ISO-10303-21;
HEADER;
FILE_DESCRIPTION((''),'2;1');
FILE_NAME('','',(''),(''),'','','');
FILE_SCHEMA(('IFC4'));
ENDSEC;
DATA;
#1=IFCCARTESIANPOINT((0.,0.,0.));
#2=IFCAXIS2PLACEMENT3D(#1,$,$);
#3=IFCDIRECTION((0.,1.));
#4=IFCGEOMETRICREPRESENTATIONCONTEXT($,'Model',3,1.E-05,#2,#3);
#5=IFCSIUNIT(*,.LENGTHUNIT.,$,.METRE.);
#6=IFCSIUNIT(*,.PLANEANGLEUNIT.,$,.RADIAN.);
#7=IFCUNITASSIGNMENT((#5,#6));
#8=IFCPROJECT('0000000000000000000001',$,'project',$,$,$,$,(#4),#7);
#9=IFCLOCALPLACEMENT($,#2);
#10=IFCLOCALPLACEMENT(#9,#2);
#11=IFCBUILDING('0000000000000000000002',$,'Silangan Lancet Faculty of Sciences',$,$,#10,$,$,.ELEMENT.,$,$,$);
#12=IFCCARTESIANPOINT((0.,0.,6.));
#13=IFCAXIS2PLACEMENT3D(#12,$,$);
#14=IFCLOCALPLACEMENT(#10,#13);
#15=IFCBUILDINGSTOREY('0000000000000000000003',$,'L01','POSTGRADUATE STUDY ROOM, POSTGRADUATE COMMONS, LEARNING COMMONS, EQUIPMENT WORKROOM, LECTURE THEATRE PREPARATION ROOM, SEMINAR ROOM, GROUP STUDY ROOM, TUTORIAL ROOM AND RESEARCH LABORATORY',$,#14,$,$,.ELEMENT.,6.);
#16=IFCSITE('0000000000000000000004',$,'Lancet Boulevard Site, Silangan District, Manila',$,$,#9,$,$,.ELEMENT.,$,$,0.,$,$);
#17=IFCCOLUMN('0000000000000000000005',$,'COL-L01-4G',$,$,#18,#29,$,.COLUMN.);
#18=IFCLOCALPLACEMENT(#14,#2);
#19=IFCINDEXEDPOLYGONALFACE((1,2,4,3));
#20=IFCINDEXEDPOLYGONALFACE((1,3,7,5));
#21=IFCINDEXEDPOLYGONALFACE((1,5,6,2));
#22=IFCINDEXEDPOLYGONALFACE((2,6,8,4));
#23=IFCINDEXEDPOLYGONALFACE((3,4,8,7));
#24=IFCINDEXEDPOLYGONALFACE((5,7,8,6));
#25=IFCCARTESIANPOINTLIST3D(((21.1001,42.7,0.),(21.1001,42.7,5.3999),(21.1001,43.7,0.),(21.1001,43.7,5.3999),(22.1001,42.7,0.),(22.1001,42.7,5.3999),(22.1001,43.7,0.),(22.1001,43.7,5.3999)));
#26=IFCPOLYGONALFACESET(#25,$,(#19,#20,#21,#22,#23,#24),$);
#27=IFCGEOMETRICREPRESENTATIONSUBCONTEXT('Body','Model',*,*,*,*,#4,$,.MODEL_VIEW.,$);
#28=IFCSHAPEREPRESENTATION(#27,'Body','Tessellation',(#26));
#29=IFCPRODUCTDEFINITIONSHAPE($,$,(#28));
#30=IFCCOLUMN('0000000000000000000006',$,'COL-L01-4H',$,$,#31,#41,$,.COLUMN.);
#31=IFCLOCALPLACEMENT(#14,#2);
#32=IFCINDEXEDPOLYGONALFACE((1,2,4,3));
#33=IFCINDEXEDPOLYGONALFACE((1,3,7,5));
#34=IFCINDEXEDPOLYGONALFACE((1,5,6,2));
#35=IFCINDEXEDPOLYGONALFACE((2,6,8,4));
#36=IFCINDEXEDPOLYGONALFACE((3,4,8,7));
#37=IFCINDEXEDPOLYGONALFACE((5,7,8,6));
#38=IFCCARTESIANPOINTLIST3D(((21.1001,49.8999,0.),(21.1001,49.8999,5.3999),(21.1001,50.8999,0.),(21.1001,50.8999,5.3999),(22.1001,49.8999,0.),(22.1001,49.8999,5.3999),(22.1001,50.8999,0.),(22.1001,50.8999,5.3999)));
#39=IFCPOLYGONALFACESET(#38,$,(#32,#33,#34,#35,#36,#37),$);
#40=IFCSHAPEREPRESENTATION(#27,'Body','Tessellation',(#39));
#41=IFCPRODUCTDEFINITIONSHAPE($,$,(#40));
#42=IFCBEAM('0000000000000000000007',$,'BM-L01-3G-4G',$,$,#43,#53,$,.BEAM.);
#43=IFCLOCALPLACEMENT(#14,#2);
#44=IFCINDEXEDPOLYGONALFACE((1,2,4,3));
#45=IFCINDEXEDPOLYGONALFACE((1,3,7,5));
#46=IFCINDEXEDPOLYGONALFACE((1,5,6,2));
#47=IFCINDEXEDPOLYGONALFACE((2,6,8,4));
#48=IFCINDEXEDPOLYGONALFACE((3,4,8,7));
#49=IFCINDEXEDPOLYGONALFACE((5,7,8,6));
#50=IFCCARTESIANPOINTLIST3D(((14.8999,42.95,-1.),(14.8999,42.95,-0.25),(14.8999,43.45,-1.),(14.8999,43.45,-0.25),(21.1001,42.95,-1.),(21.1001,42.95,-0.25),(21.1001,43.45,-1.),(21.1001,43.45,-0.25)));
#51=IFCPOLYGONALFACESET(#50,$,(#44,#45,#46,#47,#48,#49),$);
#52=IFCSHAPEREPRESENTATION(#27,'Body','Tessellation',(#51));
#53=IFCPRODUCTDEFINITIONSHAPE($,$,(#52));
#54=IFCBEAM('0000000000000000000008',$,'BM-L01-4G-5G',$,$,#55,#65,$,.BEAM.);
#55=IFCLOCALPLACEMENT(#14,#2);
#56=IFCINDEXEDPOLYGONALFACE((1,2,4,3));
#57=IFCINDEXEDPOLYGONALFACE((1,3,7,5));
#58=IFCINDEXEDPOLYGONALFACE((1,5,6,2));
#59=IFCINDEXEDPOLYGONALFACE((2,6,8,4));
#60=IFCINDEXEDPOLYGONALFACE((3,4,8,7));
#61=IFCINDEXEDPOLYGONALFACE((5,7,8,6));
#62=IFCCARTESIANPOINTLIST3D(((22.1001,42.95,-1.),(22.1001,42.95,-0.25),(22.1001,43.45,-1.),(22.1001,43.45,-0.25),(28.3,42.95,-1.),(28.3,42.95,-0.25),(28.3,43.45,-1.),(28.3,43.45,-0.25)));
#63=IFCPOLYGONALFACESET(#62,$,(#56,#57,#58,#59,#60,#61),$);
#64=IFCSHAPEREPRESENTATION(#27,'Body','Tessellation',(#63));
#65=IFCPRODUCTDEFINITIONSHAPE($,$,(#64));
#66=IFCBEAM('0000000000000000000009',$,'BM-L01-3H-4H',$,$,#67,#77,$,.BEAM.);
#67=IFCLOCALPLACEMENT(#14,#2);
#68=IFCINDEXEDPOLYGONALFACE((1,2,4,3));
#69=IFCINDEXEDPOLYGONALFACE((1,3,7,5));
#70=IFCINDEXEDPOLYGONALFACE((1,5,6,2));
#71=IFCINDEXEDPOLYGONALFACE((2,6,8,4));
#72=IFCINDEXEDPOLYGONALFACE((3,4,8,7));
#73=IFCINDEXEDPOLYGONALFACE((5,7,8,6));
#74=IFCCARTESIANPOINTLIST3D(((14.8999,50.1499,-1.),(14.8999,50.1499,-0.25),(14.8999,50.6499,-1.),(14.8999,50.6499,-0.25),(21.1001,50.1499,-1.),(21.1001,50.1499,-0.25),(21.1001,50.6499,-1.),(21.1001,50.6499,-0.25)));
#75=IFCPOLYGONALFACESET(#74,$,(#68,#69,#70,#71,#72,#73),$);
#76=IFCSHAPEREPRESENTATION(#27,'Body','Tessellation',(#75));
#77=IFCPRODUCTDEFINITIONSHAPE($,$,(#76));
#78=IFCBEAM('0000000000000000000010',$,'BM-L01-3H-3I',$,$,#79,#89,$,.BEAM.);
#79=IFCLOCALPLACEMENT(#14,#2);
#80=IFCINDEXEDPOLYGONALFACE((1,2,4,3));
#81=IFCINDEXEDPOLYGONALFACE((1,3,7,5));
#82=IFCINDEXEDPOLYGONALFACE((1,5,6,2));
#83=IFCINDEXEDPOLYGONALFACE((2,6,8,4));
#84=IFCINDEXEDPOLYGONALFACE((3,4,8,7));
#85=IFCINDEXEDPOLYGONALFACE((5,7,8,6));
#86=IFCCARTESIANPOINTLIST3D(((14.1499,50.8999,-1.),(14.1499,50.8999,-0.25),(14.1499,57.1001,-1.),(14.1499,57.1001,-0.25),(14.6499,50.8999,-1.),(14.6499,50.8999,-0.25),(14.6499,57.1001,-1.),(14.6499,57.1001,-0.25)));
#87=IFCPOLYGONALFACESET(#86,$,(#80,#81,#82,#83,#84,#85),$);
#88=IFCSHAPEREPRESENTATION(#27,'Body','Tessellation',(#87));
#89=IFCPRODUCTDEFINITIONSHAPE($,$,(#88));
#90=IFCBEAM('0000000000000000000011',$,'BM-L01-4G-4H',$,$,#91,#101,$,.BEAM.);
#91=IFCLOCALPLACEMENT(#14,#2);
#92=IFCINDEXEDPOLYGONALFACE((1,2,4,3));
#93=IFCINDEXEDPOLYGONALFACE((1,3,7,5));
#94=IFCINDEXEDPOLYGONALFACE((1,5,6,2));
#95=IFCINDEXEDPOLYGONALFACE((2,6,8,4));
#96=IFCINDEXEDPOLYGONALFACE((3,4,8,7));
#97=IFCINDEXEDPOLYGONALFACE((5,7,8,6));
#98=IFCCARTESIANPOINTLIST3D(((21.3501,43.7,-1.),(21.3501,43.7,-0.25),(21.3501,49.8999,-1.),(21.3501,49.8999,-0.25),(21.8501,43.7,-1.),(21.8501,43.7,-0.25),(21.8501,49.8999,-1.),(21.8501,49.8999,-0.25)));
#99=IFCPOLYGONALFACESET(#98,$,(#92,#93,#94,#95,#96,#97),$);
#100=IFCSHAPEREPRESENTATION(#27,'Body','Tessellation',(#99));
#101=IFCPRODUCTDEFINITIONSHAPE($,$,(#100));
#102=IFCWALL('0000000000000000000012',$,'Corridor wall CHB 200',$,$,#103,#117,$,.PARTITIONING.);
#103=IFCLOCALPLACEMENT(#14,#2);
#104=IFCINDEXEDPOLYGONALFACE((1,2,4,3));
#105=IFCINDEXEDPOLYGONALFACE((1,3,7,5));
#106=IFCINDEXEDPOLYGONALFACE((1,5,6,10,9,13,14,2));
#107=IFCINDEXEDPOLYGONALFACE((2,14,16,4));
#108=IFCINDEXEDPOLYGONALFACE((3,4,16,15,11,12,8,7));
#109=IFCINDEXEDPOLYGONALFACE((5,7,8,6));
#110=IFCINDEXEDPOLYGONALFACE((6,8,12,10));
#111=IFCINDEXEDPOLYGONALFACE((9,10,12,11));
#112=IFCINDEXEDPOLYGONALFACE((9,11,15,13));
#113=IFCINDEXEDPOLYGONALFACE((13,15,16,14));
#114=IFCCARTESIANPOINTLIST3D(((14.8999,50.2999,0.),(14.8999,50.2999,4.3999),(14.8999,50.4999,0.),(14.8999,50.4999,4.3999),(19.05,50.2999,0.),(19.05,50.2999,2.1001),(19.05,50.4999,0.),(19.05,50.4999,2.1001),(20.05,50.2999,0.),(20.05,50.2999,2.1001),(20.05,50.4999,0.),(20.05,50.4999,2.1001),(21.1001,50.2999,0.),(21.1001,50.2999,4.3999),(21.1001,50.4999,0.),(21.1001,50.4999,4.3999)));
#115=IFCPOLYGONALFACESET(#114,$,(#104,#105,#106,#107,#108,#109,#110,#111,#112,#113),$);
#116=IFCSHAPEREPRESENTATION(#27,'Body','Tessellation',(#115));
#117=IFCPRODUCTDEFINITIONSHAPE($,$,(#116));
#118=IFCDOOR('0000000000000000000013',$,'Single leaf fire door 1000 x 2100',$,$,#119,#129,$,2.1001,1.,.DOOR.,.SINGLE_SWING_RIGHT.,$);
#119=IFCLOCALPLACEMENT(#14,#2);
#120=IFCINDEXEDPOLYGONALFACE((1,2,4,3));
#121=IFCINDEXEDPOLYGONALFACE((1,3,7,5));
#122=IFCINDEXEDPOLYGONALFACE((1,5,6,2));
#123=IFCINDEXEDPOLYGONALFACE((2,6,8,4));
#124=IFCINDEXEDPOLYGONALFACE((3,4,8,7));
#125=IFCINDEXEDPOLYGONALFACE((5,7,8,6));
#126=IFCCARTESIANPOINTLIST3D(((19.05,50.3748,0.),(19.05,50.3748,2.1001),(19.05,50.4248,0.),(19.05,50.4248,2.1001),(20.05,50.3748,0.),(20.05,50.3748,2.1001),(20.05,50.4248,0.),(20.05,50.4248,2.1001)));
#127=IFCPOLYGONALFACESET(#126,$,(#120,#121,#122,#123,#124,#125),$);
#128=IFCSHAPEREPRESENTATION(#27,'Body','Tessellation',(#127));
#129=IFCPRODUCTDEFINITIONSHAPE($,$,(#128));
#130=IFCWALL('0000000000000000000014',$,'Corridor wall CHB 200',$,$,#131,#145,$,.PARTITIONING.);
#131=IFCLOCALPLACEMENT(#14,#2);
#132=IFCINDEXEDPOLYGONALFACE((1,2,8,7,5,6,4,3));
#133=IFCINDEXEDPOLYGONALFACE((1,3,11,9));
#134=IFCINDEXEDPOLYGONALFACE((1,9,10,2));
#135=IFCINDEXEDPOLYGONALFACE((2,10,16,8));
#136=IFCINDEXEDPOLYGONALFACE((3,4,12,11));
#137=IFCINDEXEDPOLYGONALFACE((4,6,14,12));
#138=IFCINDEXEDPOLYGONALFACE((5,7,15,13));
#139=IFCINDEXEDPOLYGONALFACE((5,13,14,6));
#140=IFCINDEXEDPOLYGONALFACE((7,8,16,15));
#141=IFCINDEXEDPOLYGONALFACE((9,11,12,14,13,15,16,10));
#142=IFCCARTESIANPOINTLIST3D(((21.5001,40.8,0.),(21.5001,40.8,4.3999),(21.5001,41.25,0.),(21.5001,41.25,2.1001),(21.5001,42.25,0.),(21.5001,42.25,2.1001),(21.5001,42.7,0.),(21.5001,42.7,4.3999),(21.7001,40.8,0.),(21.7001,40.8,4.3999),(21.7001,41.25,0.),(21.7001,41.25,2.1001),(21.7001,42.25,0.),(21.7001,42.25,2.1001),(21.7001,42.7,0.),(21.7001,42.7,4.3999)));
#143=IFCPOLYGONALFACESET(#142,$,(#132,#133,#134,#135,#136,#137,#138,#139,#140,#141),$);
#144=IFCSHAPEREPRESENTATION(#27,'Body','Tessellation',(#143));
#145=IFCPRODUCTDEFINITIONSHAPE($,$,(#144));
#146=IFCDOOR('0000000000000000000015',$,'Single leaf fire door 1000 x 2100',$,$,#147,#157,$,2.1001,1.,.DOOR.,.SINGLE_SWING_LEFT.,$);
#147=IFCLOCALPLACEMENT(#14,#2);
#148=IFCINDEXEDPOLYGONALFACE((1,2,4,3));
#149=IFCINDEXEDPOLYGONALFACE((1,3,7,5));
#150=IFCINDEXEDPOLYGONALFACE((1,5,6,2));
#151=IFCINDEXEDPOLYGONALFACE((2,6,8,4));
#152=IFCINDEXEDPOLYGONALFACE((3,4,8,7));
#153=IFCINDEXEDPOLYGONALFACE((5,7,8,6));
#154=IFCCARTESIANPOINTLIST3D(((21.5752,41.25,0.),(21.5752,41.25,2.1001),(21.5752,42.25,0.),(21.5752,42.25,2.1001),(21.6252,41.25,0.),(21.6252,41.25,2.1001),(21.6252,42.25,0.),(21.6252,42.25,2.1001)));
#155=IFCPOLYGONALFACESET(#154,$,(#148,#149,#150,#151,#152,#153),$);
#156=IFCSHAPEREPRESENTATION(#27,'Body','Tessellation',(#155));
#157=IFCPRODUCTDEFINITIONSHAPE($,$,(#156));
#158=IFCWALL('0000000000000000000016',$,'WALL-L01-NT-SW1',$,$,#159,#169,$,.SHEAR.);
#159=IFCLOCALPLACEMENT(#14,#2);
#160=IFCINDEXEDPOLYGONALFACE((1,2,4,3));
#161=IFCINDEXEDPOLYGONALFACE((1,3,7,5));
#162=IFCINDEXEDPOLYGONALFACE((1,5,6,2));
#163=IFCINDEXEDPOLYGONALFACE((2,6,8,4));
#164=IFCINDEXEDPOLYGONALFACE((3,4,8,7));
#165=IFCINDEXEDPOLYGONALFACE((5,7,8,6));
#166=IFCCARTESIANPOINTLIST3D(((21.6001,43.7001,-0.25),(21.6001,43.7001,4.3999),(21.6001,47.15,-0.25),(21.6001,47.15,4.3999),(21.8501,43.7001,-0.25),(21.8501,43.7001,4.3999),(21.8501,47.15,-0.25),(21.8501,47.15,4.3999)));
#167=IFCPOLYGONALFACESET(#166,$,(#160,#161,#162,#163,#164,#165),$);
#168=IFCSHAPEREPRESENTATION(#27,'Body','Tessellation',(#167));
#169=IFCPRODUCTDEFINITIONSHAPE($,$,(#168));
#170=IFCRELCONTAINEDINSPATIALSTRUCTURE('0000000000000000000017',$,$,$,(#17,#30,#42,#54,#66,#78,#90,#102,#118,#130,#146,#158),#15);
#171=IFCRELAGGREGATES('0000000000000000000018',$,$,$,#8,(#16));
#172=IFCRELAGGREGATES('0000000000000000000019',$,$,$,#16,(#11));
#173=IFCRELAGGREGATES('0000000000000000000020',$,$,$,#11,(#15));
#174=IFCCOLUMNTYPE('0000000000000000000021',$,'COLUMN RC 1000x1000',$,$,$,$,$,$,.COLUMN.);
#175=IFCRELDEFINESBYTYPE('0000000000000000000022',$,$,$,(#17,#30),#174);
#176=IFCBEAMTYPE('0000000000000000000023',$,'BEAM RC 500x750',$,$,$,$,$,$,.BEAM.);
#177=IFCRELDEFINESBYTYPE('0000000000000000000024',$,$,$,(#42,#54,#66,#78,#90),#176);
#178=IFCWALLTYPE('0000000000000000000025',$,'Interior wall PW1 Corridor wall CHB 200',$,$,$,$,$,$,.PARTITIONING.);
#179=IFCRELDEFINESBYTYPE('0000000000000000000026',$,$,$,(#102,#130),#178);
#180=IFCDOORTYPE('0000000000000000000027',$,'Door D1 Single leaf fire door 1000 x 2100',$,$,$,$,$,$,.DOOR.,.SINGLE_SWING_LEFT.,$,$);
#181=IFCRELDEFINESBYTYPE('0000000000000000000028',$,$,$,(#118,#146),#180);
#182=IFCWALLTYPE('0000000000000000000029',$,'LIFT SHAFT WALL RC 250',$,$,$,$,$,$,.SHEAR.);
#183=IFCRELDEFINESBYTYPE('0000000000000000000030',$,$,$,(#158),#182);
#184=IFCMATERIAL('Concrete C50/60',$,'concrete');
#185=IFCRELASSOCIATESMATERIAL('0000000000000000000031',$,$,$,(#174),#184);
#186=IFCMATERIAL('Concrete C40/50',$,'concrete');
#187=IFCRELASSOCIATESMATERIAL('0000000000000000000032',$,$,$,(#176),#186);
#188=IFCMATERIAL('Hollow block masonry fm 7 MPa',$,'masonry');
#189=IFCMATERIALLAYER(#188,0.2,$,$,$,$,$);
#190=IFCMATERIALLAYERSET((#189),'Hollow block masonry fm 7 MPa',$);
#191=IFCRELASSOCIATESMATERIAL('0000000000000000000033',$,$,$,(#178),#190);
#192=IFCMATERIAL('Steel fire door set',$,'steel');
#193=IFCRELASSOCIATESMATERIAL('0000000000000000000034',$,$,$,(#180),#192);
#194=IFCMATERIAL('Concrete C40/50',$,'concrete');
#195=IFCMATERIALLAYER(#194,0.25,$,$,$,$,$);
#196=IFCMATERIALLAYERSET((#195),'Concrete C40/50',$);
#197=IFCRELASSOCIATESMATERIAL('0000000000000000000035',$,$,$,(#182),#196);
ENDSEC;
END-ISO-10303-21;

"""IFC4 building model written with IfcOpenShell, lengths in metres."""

from ifc_helpers import new_model, si_unit, direction, frame, frame_2d, origin, origin_2d, place, context, subcontext, project, spatial, rectangle, extrude, material, layer, layer_set, material_profile, profile_set, type_object, element, fill, save


model = new_model("IFC4")

# Units and contexts
model_context = context("Model", 3, precision=1e-05, world=origin(), true_north=direction((0.0, 1.0)))
body_context = subcontext(model_context, "Body", "Model", "MODEL_VIEW")
ifc_project = project(units=[si_unit("LENGTHUNIT", "METRE"), si_unit("PLANEANGLEUNIT", "RADIAN")], contexts=[model_context])

# Site, building, storey
site_placement = place(None, origin())
site = spatial("IfcSite", under=ifc_project, at=site_placement, Name="Lancet Boulevard Site, Silangan District, Manila", CompositionType="ELEMENT", RefElevation=0.0)
building_placement = place(site_placement, origin())
building = spatial("IfcBuilding", under=site, at=building_placement, Name="Silangan Lancet Faculty of Sciences", CompositionType="ELEMENT")
storey_placement = place(building_placement, frame((0.0, 0.0, 6.0)))
storey = spatial("IfcBuildingStorey", under=building, at=storey_placement, Name="L01", Description="POSTGRADUATE STUDY ROOM, POSTGRADUATE COMMONS, LEARNING COMMONS, EQUIPMENT WORKROOM, LECTURE THEATRE PREPARATION ROOM, SEMINAR ROOM, GROUP STUDY ROOM, TUTORIAL ROOM AND RESEARCH LABORATORY", CompositionType="ELEMENT", Elevation=6.0)

# Columns
ifc_material_1 = material(Name="Concrete C50/60", Category="concrete")
ifc_material_profile_1 = material_profile(ifc_material_1, rectangle(XDim=1.0, YDim=1.0, at=origin_2d()), Name="RC 1000x1000")
ifc_profile_set_1 = profile_set([ifc_material_profile_1], Name="Concrete C50/60")
column_type = type_object("IfcColumnType", Name="COLUMN RC 1000x1000", PredefinedType="COLUMN", material=ifc_profile_set_1)
for number, where, z_axis, x_axis, name in (
    (1, (21.6001, 43.2, 0.0), (0.0, 0.0, 1.0), (1.0, 0.0, 0.0), "COL-L01-4G"),
    (2, (21.6001, 50.3999, 0.0), (0.0, 0.0, 1.0), (1.0, 0.0, 0.0), "COL-L01-4H"),
):
    element("IfcColumn", number, at=place(storey_placement, frame(where, z_axis=z_axis, x_axis=x_axis)), inside=storey, type_object=column_type, Name=name, PredefinedType="COLUMN", context=body_context, shape_type="SweptSolid", body=[
        extrude(rectangle(XDim=1.0, YDim=1.0, at=origin_2d()), origin(), (0.0, 0.0, 1.0), 5.3999),
    ])

# Beams
ifc_material_2 = material(Name="Concrete C40/50", Category="concrete")
ifc_material_profile_2 = material_profile(ifc_material_2, rectangle(XDim=0.5, YDim=0.75, at=origin_2d()), Name="RC 500x750")
ifc_profile_set_2 = profile_set([ifc_material_profile_2], Name="Concrete C40/50")
beam_type = type_object("IfcBeamType", Name="BEAM RC 500x750", PredefinedType="BEAM", material=ifc_profile_set_2)
beam_1_placement = place(storey_placement, frame((14.8999, 43.2, -0.625), z_axis=(1.0, 0.0, 0.0), x_axis=(0.0, 1.0, 0.0)))
element("IfcBeam", 3, at=beam_1_placement, inside=storey, type_object=beam_type, Name="BM-L01-3G-4G", PredefinedType="BEAM", context=body_context, shape_type="SweptSolid", body=[
    extrude(rectangle(XDim=0.5, YDim=0.75, at=origin_2d()), origin(), (0.0, 0.0, 1.0), 6.2002),
])
beam_2_placement = place(storey_placement, frame((22.1001, 43.2, -0.625), z_axis=(1.0, 0.0, 0.0), x_axis=(0.0, 1.0, 0.0)))
element("IfcBeam", 4, at=beam_2_placement, inside=storey, type_object=beam_type, Name="BM-L01-4G-5G", PredefinedType="BEAM", context=body_context, shape_type="SweptSolid", body=[
    extrude(rectangle(XDim=0.5, YDim=0.75, at=origin_2d()), origin(), (0.0, 0.0, 1.0), 6.2),
])
for number, where, z_axis, x_axis, name in (
    (5, (14.8999, 50.3999, -0.625), (1.0, 0.0, 0.0), (0.0, 1.0, 0.0), "BM-L01-3H-4H"),
    (6, (14.3999, 50.8999, -0.625), (0.0, 1.0, 0.0), (-1.0, 0.0, 0.0), "BM-L01-3H-3I"),
):
    element("IfcBeam", number, at=place(storey_placement, frame(where, z_axis=z_axis, x_axis=x_axis)), inside=storey, type_object=beam_type, Name=name, PredefinedType="BEAM", context=body_context, shape_type="SweptSolid", body=[
        extrude(rectangle(XDim=0.5, YDim=0.75, at=origin_2d()), origin(), (0.0, 0.0, 1.0), 6.2002),
    ])
beam_3_placement = place(storey_placement, frame((21.6001, 43.7, -0.625), z_axis=(0.0, 1.0, 0.0), x_axis=(-1.0, 0.0, 0.0)))
element("IfcBeam", 7, at=beam_3_placement, inside=storey, type_object=beam_type, Name="BM-L01-4G-4H", PredefinedType="BEAM", context=body_context, shape_type="SweptSolid", body=[
    extrude(rectangle(XDim=0.5, YDim=0.75, at=origin_2d()), origin(), (0.0, 0.0, 1.0), 6.2),
])

# Walls, openings, doors
ifc_material_3 = material(Name="Hollow block masonry fm 7 MPa", Category="masonry")
ifc_layer_1 = layer(ifc_material_3, 0.2)
ifc_layer_set_1 = layer_set([ifc_layer_1], Name="Hollow block masonry fm 7 MPa")
wall_type_1 = type_object("IfcWallType", Name="Interior wall PW1 Corridor wall CHB 200", PredefinedType="PARTITIONING", material=ifc_layer_set_1)
wall_1_placement = place(storey_placement, frame((14.8999, 50.3999, 0.0), z_axis=(0.0, 0.0, 1.0), x_axis=(1.0, 0.0, 0.0)))
wall_1 = element("IfcWall", 8, at=wall_1_placement, inside=storey, type_object=wall_type_1, Name="Corridor wall CHB 200", PredefinedType="PARTITIONING", context=body_context, shape_type="SweptSolid", body=[
    extrude(rectangle(XDim=6.2002, YDim=0.2, at=frame_2d((3.1001, 0.0))), origin(), (0.0, 0.0, 1.0), 4.3999),
])
opening_1_placement = place(wall_1_placement, frame((4.1501, 0.0, 0.0)))
opening_1 = element("IfcOpeningElement", 9, at=opening_1_placement, cuts=wall_1, PredefinedType="OPENING", context=body_context, shape_type="SweptSolid", body=[
    extrude(rectangle(XDim=1.0, YDim=2.1001, at=frame_2d((0.5, 1.05))), frame((0.0, 0.1099, 0.0), z_axis=(0.0, -1.0, 0.0), x_axis=(1.0, 0.0, 0.0)), (0.0, 0.0, 1.0), 0.22),
])
ifc_material_4 = material(Name="Steel fire door set", Category="steel")
door_type_1 = type_object("IfcDoorType", Name="Door D1 Single leaf fire door 1000 x 2100", OperationType="SINGLE_SWING_LEFT", PredefinedType="DOOR", material=ifc_material_4)
door_1_placement = place(opening_1_placement, origin())
door_1 = element("IfcDoor", 10, at=door_1_placement, inside=storey, type_object=door_type_1, Name="Single leaf fire door 1000 x 2100", OperationType="SINGLE_SWING_RIGHT", OverallHeight=2.1001, OverallWidth=1.0, PredefinedType="DOOR", context=body_context, shape_type="SweptSolid", body=[
    extrude(rectangle(XDim=1.0, YDim=2.1001, at=frame_2d((0.5, 1.05))), frame((0.0, 0.0249, 0.0), z_axis=(0.0, -1.0, 0.0), x_axis=(1.0, 0.0, 0.0)), (0.0, 0.0, 1.0), 0.05),
])
fill(opening_1, door_1)
wall_2_placement = place(storey_placement, frame((21.6001, 40.8, 0.0), z_axis=(0.0, 0.0, 1.0), x_axis=(0.0, 1.0, 0.0)))
wall_2 = element("IfcWall", 11, at=wall_2_placement, inside=storey, type_object=wall_type_1, Name="Corridor wall CHB 200", PredefinedType="PARTITIONING", context=body_context, shape_type="SweptSolid", body=[
    extrude(rectangle(XDim=1.8999, YDim=0.2, at=frame_2d((0.95, 0.0))), origin(), (0.0, 0.0, 1.0), 4.3999),
])
opening_2_placement = place(wall_2_placement, frame((0.45, 0.0, 0.0)))
opening_2 = element("IfcOpeningElement", 12, at=opening_2_placement, cuts=wall_2, PredefinedType="OPENING", context=body_context, shape_type="SweptSolid", body=[
    extrude(rectangle(XDim=1.0, YDim=2.1001, at=frame_2d((0.5, 1.05))), frame((0.0, 0.1099, 0.0), z_axis=(0.0, -1.0, 0.0), x_axis=(1.0, 0.0, 0.0)), (0.0, 0.0, 1.0), 0.22),
])
door_2_placement = place(opening_2_placement, frame((1.0, 0.0, 0.0), z_axis=(0.0, 0.0, 1.0), x_axis=(-1.0, 0.0, 0.0)))
door_2 = element("IfcDoor", 13, at=door_2_placement, inside=storey, type_object=door_type_1, Name="Single leaf fire door 1000 x 2100", OperationType="SINGLE_SWING_LEFT", OverallHeight=2.1001, OverallWidth=1.0, PredefinedType="DOOR", context=body_context, shape_type="SweptSolid", body=[
    extrude(rectangle(XDim=1.0, YDim=2.1001, at=frame_2d((0.5, 1.05))), frame((0.0, 0.0251, 0.0), z_axis=(0.0, -1.0, 0.0), x_axis=(1.0, 0.0, 0.0)), (0.0, 0.0, 1.0), 0.05),
])
fill(opening_2, door_2)

# Wall
ifc_material_5 = material(Name="Concrete C40/50", Category="concrete")
ifc_layer_2 = layer(ifc_material_5, 0.25)
ifc_layer_set_2 = layer_set([ifc_layer_2], Name="Concrete C40/50")
wall_type_2 = type_object("IfcWallType", Name="LIFT SHAFT WALL RC 250", PredefinedType="SHEAR", material=ifc_layer_set_2)
wall_3_placement = place(storey_placement, frame((21.7251, 43.7, -0.25), z_axis=(0.0, 0.0, 1.0), x_axis=(0.0, 1.0, 0.0)))
element("IfcWall", 14, at=wall_3_placement, inside=storey, type_object=wall_type_2, Name="WALL-L01-NT-SW1", PredefinedType="SHEAR", context=body_context, shape_type="SweptSolid", body=[
    extrude(rectangle(XDim=3.45, YDim=0.25, at=frame_2d((1.7251, 0.0))), origin(), (0.0, 0.0, 1.0), 4.6499),
])

save(model, "model.ifc")
